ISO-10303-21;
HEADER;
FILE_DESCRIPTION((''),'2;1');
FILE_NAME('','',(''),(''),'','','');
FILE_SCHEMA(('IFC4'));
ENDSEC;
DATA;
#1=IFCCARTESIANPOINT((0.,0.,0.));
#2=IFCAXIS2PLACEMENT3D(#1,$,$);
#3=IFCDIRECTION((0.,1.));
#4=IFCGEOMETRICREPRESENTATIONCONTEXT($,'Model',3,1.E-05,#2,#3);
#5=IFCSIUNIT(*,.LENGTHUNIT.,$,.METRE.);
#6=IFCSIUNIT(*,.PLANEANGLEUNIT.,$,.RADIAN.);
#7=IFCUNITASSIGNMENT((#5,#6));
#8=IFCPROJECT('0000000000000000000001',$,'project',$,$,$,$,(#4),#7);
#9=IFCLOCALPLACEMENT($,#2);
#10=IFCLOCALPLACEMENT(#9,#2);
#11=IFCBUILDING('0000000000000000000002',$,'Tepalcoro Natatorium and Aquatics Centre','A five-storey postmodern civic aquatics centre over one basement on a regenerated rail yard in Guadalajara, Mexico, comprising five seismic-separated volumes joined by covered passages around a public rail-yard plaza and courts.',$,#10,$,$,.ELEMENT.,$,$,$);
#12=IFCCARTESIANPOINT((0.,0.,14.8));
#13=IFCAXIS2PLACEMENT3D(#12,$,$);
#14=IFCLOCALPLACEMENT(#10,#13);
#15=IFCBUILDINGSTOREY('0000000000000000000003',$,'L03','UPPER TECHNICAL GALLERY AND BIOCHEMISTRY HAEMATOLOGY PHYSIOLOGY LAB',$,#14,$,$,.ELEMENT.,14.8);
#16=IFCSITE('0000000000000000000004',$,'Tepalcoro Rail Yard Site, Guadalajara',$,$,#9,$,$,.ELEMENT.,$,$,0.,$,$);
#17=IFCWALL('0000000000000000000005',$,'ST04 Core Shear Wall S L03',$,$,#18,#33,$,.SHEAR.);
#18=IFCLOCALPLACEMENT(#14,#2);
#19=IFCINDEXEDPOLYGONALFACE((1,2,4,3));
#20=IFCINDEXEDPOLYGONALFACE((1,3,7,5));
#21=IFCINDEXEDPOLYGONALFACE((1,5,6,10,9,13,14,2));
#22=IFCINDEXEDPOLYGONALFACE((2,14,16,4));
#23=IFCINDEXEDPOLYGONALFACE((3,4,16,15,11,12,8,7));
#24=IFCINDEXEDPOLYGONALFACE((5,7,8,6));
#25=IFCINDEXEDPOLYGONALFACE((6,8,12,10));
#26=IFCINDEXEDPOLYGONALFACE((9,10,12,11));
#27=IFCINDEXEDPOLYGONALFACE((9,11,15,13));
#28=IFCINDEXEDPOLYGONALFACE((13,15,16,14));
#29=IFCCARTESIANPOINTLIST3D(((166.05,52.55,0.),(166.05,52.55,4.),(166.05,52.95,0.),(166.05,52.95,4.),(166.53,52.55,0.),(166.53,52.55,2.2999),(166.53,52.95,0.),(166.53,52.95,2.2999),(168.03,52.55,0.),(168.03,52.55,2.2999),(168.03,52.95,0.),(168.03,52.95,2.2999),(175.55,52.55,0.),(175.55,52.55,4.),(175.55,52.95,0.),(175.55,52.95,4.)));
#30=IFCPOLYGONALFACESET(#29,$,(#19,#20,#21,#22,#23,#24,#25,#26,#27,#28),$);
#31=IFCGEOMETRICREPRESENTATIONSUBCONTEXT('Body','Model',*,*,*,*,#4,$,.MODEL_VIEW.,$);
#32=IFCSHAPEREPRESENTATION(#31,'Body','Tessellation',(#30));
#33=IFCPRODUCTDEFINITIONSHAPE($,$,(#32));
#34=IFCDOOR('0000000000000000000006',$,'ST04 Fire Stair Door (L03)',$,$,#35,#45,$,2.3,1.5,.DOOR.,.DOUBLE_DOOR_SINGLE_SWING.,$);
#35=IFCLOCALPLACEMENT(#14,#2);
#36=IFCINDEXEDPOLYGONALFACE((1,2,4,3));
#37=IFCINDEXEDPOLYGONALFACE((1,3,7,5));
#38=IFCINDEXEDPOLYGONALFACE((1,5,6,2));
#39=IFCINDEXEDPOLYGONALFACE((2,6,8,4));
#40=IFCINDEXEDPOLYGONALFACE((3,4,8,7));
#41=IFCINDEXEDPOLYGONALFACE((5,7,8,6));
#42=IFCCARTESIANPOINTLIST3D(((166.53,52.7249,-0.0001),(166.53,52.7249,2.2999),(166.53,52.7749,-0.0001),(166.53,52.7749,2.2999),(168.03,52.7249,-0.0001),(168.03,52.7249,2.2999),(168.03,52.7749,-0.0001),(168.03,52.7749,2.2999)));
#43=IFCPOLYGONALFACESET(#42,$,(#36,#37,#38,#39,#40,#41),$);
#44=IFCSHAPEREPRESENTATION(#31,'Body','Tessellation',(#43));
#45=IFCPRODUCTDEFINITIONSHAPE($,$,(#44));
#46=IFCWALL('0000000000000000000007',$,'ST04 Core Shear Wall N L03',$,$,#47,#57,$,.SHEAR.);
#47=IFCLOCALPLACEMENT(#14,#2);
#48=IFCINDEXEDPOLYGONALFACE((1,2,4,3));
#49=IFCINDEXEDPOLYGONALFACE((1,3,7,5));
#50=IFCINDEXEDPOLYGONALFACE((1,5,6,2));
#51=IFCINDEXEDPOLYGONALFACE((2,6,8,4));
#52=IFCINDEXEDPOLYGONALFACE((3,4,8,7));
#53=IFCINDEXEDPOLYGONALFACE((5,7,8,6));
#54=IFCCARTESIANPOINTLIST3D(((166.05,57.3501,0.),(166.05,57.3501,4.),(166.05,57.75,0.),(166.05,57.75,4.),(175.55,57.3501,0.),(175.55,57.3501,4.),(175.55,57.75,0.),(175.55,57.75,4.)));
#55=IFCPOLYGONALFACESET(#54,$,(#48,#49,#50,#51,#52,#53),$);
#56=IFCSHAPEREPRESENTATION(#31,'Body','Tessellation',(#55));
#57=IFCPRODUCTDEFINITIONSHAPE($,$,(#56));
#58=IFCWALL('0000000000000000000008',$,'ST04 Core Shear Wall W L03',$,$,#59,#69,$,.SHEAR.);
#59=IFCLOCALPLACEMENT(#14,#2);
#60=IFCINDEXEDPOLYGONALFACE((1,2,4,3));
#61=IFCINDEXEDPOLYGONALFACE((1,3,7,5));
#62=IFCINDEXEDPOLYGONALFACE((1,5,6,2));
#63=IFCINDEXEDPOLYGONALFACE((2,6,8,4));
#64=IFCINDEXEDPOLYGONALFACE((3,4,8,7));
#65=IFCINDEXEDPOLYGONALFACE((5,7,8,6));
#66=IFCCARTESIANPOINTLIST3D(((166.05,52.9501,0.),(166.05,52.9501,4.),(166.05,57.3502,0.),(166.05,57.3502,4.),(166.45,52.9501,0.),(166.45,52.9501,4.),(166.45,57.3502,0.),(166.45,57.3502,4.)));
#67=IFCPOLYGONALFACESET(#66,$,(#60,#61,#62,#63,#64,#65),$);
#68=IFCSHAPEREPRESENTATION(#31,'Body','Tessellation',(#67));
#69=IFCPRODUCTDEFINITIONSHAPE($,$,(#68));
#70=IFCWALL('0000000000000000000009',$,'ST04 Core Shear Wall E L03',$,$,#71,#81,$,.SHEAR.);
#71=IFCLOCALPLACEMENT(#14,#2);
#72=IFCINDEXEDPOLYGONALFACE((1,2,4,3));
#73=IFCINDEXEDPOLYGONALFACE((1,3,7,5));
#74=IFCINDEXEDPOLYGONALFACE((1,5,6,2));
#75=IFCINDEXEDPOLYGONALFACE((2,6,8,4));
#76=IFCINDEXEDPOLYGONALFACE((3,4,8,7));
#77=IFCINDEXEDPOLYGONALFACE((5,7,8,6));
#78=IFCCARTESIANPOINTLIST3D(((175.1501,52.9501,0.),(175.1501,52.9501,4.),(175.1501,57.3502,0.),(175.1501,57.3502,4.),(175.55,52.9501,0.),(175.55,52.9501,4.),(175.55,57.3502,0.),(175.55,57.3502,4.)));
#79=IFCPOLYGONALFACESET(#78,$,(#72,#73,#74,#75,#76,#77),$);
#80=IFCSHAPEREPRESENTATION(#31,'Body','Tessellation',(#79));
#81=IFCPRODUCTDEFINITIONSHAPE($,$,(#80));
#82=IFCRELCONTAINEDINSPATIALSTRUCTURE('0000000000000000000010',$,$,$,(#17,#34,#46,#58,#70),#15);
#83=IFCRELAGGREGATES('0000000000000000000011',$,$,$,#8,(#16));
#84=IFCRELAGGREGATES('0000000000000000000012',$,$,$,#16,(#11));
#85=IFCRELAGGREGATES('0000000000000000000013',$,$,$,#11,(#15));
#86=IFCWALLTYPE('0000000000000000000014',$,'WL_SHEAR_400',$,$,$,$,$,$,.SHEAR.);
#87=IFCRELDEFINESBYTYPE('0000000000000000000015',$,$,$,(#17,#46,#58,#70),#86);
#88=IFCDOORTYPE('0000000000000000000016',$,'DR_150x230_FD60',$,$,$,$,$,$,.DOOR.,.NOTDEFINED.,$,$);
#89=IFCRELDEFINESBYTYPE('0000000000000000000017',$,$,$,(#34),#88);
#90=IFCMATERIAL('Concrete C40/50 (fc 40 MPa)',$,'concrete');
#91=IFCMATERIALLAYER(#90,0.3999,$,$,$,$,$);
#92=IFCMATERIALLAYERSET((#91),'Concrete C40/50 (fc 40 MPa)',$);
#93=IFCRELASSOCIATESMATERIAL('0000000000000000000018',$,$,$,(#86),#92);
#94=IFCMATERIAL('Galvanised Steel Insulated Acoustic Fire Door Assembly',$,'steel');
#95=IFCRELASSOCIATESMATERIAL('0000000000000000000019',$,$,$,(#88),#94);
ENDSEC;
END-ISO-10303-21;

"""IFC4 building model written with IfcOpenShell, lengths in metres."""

from ifc_helpers import new_model, si_unit, direction, frame, frame_2d, origin, place, context, subcontext, project, spatial, rectangle, extrude, material, layer, layer_set, type_object, element, fill, save


model = new_model("IFC4")

# Units and contexts
model_context = context("Model", 3, precision=1e-05, world=origin(), true_north=direction((0.0, 1.0)))
body_context = subcontext(model_context, "Body", "Model", "MODEL_VIEW")
ifc_project = project(units=[si_unit("LENGTHUNIT", "METRE"), si_unit("PLANEANGLEUNIT", "RADIAN")], contexts=[model_context])

# Site, building, storey
site_placement = place(None, origin())
site = spatial("IfcSite", under=ifc_project, at=site_placement, Name="Tepalcoro Rail Yard Site, Guadalajara", CompositionType="ELEMENT", RefElevation=0.0)
building_placement = place(site_placement, origin())
building = spatial("IfcBuilding", under=site, at=building_placement, Name="Tepalcoro Natatorium and Aquatics Centre", Description="A five-storey postmodern civic aquatics centre over one basement on a regenerated rail yard in Guadalajara, Mexico, comprising five seismic-separated volumes joined by covered passages around a public rail-yard plaza and courts.", CompositionType="ELEMENT")
storey_placement = place(building_placement, frame((0.0, 0.0, 14.8)))
storey = spatial("IfcBuildingStorey", under=building, at=storey_placement, Name="L03", Description="UPPER TECHNICAL GALLERY AND BIOCHEMISTRY HAEMATOLOGY PHYSIOLOGY LAB", CompositionType="ELEMENT", Elevation=14.8)

# Wall, opening, door
ifc_material_1 = material(Name="Concrete C40/50 (fc 40 MPa)", Category="concrete")
ifc_layer_1 = layer(ifc_material_1, 0.3999)
ifc_layer_set_1 = layer_set([ifc_layer_1], Name="Concrete C40/50 (fc 40 MPa)")
wall_type_1 = type_object("IfcWallType", Name="WL_SHEAR_400", PredefinedType="SHEAR", material=ifc_layer_set_1)
wall_1_placement = place(storey_placement, frame((166.05, 52.75, 0.0), z_axis=(0.0, 0.0, 1.0), x_axis=(1.0, 0.0, 0.0)))
wall_1 = element("IfcWall", 1, at=wall_1_placement, inside=storey, type_object=wall_type_1, Name="ST04 Core Shear Wall S L03", PredefinedType="SHEAR", context=body_context, shape_type="SweptSolid", body=[
    extrude(rectangle(XDim=9.5, YDim=0.3999, at=frame_2d((4.75, 0.0))), origin(), (0.0, 0.0, 1.0), 4.0),
])
opening_1_placement = place(wall_1_placement, frame((0.48, 0.0, 0.0)))
opening_1 = element("IfcOpeningElement", 2, at=opening_1_placement, cuts=wall_1, PredefinedType="OPENING", context=body_context, shape_type="SweptSolid", body=[
    extrude(rectangle(XDim=1.5, YDim=2.3, at=frame_2d((0.75, 1.1499))), frame((0.0, 0.2119, 0.0), z_axis=(0.0, -1.0, 0.0), x_axis=(1.0, 0.0, 0.0)), (0.0, 0.0, 1.0), 0.4238),
])
ifc_material_2 = material(Name="Galvanised Steel Insulated Acoustic Fire Door Assembly", Category="steel")
door_type = type_object("IfcDoorType", Name="DR_150x230_FD60", OperationType="NOTDEFINED", PredefinedType="DOOR", material=ifc_material_2)
door_placement = place(opening_1_placement, origin())
door = element("IfcDoor", 3, at=door_placement, inside=storey, type_object=door_type, Name="ST04 Fire Stair Door (L03)", OperationType="DOUBLE_DOOR_SINGLE_SWING", OverallHeight=2.3, OverallWidth=1.5, PredefinedType="DOOR", context=body_context, shape_type="SweptSolid", body=[
    extrude(rectangle(XDim=1.5, YDim=2.3, at=frame_2d((0.75, 1.1499))), frame((0.0, 0.0249, 0.0), z_axis=(0.0, -1.0, 0.0), x_axis=(1.0, 0.0, 0.0)), (0.0, 0.0, 1.0), 0.05),
])
fill(opening_1, door)

# Walls
wall_2_placement = place(storey_placement, frame((166.05, 57.55, 0.0), z_axis=(0.0, 0.0, 1.0), x_axis=(1.0, 0.0, 0.0)))
element("IfcWall", 4, at=wall_2_placement, inside=storey, type_object=wall_type_1, Name="ST04 Core Shear Wall N L03", PredefinedType="SHEAR", context=body_context, shape_type="SweptSolid", body=[
    extrude(rectangle(XDim=9.5, YDim=0.3999, at=frame_2d((4.75, 0.0))), origin(), (0.0, 0.0, 1.0), 4.0),
])
for number, where, z_axis, x_axis, name in (
    (5, (166.25, 52.95, 0.0), (0.0, 0.0, 1.0), (0.0, 1.0, 0.0), "ST04 Core Shear Wall W L03"),
    (6, (175.3501, 52.95, 0.0), (0.0, 0.0, 1.0), (0.0, 1.0, 0.0), "ST04 Core Shear Wall E L03"),
):
    element("IfcWall", number, at=place(storey_placement, frame(where, z_axis=z_axis, x_axis=x_axis)), inside=storey, type_object=wall_type_1, Name=name, PredefinedType="SHEAR", context=body_context, shape_type="SweptSolid", body=[
        extrude(rectangle(XDim=4.4001, YDim=0.3999, at=frame_2d((2.2002, 0.0))), origin(), (0.0, 0.0, 1.0), 4.0),
    ])

save(model, "model.ifc")
